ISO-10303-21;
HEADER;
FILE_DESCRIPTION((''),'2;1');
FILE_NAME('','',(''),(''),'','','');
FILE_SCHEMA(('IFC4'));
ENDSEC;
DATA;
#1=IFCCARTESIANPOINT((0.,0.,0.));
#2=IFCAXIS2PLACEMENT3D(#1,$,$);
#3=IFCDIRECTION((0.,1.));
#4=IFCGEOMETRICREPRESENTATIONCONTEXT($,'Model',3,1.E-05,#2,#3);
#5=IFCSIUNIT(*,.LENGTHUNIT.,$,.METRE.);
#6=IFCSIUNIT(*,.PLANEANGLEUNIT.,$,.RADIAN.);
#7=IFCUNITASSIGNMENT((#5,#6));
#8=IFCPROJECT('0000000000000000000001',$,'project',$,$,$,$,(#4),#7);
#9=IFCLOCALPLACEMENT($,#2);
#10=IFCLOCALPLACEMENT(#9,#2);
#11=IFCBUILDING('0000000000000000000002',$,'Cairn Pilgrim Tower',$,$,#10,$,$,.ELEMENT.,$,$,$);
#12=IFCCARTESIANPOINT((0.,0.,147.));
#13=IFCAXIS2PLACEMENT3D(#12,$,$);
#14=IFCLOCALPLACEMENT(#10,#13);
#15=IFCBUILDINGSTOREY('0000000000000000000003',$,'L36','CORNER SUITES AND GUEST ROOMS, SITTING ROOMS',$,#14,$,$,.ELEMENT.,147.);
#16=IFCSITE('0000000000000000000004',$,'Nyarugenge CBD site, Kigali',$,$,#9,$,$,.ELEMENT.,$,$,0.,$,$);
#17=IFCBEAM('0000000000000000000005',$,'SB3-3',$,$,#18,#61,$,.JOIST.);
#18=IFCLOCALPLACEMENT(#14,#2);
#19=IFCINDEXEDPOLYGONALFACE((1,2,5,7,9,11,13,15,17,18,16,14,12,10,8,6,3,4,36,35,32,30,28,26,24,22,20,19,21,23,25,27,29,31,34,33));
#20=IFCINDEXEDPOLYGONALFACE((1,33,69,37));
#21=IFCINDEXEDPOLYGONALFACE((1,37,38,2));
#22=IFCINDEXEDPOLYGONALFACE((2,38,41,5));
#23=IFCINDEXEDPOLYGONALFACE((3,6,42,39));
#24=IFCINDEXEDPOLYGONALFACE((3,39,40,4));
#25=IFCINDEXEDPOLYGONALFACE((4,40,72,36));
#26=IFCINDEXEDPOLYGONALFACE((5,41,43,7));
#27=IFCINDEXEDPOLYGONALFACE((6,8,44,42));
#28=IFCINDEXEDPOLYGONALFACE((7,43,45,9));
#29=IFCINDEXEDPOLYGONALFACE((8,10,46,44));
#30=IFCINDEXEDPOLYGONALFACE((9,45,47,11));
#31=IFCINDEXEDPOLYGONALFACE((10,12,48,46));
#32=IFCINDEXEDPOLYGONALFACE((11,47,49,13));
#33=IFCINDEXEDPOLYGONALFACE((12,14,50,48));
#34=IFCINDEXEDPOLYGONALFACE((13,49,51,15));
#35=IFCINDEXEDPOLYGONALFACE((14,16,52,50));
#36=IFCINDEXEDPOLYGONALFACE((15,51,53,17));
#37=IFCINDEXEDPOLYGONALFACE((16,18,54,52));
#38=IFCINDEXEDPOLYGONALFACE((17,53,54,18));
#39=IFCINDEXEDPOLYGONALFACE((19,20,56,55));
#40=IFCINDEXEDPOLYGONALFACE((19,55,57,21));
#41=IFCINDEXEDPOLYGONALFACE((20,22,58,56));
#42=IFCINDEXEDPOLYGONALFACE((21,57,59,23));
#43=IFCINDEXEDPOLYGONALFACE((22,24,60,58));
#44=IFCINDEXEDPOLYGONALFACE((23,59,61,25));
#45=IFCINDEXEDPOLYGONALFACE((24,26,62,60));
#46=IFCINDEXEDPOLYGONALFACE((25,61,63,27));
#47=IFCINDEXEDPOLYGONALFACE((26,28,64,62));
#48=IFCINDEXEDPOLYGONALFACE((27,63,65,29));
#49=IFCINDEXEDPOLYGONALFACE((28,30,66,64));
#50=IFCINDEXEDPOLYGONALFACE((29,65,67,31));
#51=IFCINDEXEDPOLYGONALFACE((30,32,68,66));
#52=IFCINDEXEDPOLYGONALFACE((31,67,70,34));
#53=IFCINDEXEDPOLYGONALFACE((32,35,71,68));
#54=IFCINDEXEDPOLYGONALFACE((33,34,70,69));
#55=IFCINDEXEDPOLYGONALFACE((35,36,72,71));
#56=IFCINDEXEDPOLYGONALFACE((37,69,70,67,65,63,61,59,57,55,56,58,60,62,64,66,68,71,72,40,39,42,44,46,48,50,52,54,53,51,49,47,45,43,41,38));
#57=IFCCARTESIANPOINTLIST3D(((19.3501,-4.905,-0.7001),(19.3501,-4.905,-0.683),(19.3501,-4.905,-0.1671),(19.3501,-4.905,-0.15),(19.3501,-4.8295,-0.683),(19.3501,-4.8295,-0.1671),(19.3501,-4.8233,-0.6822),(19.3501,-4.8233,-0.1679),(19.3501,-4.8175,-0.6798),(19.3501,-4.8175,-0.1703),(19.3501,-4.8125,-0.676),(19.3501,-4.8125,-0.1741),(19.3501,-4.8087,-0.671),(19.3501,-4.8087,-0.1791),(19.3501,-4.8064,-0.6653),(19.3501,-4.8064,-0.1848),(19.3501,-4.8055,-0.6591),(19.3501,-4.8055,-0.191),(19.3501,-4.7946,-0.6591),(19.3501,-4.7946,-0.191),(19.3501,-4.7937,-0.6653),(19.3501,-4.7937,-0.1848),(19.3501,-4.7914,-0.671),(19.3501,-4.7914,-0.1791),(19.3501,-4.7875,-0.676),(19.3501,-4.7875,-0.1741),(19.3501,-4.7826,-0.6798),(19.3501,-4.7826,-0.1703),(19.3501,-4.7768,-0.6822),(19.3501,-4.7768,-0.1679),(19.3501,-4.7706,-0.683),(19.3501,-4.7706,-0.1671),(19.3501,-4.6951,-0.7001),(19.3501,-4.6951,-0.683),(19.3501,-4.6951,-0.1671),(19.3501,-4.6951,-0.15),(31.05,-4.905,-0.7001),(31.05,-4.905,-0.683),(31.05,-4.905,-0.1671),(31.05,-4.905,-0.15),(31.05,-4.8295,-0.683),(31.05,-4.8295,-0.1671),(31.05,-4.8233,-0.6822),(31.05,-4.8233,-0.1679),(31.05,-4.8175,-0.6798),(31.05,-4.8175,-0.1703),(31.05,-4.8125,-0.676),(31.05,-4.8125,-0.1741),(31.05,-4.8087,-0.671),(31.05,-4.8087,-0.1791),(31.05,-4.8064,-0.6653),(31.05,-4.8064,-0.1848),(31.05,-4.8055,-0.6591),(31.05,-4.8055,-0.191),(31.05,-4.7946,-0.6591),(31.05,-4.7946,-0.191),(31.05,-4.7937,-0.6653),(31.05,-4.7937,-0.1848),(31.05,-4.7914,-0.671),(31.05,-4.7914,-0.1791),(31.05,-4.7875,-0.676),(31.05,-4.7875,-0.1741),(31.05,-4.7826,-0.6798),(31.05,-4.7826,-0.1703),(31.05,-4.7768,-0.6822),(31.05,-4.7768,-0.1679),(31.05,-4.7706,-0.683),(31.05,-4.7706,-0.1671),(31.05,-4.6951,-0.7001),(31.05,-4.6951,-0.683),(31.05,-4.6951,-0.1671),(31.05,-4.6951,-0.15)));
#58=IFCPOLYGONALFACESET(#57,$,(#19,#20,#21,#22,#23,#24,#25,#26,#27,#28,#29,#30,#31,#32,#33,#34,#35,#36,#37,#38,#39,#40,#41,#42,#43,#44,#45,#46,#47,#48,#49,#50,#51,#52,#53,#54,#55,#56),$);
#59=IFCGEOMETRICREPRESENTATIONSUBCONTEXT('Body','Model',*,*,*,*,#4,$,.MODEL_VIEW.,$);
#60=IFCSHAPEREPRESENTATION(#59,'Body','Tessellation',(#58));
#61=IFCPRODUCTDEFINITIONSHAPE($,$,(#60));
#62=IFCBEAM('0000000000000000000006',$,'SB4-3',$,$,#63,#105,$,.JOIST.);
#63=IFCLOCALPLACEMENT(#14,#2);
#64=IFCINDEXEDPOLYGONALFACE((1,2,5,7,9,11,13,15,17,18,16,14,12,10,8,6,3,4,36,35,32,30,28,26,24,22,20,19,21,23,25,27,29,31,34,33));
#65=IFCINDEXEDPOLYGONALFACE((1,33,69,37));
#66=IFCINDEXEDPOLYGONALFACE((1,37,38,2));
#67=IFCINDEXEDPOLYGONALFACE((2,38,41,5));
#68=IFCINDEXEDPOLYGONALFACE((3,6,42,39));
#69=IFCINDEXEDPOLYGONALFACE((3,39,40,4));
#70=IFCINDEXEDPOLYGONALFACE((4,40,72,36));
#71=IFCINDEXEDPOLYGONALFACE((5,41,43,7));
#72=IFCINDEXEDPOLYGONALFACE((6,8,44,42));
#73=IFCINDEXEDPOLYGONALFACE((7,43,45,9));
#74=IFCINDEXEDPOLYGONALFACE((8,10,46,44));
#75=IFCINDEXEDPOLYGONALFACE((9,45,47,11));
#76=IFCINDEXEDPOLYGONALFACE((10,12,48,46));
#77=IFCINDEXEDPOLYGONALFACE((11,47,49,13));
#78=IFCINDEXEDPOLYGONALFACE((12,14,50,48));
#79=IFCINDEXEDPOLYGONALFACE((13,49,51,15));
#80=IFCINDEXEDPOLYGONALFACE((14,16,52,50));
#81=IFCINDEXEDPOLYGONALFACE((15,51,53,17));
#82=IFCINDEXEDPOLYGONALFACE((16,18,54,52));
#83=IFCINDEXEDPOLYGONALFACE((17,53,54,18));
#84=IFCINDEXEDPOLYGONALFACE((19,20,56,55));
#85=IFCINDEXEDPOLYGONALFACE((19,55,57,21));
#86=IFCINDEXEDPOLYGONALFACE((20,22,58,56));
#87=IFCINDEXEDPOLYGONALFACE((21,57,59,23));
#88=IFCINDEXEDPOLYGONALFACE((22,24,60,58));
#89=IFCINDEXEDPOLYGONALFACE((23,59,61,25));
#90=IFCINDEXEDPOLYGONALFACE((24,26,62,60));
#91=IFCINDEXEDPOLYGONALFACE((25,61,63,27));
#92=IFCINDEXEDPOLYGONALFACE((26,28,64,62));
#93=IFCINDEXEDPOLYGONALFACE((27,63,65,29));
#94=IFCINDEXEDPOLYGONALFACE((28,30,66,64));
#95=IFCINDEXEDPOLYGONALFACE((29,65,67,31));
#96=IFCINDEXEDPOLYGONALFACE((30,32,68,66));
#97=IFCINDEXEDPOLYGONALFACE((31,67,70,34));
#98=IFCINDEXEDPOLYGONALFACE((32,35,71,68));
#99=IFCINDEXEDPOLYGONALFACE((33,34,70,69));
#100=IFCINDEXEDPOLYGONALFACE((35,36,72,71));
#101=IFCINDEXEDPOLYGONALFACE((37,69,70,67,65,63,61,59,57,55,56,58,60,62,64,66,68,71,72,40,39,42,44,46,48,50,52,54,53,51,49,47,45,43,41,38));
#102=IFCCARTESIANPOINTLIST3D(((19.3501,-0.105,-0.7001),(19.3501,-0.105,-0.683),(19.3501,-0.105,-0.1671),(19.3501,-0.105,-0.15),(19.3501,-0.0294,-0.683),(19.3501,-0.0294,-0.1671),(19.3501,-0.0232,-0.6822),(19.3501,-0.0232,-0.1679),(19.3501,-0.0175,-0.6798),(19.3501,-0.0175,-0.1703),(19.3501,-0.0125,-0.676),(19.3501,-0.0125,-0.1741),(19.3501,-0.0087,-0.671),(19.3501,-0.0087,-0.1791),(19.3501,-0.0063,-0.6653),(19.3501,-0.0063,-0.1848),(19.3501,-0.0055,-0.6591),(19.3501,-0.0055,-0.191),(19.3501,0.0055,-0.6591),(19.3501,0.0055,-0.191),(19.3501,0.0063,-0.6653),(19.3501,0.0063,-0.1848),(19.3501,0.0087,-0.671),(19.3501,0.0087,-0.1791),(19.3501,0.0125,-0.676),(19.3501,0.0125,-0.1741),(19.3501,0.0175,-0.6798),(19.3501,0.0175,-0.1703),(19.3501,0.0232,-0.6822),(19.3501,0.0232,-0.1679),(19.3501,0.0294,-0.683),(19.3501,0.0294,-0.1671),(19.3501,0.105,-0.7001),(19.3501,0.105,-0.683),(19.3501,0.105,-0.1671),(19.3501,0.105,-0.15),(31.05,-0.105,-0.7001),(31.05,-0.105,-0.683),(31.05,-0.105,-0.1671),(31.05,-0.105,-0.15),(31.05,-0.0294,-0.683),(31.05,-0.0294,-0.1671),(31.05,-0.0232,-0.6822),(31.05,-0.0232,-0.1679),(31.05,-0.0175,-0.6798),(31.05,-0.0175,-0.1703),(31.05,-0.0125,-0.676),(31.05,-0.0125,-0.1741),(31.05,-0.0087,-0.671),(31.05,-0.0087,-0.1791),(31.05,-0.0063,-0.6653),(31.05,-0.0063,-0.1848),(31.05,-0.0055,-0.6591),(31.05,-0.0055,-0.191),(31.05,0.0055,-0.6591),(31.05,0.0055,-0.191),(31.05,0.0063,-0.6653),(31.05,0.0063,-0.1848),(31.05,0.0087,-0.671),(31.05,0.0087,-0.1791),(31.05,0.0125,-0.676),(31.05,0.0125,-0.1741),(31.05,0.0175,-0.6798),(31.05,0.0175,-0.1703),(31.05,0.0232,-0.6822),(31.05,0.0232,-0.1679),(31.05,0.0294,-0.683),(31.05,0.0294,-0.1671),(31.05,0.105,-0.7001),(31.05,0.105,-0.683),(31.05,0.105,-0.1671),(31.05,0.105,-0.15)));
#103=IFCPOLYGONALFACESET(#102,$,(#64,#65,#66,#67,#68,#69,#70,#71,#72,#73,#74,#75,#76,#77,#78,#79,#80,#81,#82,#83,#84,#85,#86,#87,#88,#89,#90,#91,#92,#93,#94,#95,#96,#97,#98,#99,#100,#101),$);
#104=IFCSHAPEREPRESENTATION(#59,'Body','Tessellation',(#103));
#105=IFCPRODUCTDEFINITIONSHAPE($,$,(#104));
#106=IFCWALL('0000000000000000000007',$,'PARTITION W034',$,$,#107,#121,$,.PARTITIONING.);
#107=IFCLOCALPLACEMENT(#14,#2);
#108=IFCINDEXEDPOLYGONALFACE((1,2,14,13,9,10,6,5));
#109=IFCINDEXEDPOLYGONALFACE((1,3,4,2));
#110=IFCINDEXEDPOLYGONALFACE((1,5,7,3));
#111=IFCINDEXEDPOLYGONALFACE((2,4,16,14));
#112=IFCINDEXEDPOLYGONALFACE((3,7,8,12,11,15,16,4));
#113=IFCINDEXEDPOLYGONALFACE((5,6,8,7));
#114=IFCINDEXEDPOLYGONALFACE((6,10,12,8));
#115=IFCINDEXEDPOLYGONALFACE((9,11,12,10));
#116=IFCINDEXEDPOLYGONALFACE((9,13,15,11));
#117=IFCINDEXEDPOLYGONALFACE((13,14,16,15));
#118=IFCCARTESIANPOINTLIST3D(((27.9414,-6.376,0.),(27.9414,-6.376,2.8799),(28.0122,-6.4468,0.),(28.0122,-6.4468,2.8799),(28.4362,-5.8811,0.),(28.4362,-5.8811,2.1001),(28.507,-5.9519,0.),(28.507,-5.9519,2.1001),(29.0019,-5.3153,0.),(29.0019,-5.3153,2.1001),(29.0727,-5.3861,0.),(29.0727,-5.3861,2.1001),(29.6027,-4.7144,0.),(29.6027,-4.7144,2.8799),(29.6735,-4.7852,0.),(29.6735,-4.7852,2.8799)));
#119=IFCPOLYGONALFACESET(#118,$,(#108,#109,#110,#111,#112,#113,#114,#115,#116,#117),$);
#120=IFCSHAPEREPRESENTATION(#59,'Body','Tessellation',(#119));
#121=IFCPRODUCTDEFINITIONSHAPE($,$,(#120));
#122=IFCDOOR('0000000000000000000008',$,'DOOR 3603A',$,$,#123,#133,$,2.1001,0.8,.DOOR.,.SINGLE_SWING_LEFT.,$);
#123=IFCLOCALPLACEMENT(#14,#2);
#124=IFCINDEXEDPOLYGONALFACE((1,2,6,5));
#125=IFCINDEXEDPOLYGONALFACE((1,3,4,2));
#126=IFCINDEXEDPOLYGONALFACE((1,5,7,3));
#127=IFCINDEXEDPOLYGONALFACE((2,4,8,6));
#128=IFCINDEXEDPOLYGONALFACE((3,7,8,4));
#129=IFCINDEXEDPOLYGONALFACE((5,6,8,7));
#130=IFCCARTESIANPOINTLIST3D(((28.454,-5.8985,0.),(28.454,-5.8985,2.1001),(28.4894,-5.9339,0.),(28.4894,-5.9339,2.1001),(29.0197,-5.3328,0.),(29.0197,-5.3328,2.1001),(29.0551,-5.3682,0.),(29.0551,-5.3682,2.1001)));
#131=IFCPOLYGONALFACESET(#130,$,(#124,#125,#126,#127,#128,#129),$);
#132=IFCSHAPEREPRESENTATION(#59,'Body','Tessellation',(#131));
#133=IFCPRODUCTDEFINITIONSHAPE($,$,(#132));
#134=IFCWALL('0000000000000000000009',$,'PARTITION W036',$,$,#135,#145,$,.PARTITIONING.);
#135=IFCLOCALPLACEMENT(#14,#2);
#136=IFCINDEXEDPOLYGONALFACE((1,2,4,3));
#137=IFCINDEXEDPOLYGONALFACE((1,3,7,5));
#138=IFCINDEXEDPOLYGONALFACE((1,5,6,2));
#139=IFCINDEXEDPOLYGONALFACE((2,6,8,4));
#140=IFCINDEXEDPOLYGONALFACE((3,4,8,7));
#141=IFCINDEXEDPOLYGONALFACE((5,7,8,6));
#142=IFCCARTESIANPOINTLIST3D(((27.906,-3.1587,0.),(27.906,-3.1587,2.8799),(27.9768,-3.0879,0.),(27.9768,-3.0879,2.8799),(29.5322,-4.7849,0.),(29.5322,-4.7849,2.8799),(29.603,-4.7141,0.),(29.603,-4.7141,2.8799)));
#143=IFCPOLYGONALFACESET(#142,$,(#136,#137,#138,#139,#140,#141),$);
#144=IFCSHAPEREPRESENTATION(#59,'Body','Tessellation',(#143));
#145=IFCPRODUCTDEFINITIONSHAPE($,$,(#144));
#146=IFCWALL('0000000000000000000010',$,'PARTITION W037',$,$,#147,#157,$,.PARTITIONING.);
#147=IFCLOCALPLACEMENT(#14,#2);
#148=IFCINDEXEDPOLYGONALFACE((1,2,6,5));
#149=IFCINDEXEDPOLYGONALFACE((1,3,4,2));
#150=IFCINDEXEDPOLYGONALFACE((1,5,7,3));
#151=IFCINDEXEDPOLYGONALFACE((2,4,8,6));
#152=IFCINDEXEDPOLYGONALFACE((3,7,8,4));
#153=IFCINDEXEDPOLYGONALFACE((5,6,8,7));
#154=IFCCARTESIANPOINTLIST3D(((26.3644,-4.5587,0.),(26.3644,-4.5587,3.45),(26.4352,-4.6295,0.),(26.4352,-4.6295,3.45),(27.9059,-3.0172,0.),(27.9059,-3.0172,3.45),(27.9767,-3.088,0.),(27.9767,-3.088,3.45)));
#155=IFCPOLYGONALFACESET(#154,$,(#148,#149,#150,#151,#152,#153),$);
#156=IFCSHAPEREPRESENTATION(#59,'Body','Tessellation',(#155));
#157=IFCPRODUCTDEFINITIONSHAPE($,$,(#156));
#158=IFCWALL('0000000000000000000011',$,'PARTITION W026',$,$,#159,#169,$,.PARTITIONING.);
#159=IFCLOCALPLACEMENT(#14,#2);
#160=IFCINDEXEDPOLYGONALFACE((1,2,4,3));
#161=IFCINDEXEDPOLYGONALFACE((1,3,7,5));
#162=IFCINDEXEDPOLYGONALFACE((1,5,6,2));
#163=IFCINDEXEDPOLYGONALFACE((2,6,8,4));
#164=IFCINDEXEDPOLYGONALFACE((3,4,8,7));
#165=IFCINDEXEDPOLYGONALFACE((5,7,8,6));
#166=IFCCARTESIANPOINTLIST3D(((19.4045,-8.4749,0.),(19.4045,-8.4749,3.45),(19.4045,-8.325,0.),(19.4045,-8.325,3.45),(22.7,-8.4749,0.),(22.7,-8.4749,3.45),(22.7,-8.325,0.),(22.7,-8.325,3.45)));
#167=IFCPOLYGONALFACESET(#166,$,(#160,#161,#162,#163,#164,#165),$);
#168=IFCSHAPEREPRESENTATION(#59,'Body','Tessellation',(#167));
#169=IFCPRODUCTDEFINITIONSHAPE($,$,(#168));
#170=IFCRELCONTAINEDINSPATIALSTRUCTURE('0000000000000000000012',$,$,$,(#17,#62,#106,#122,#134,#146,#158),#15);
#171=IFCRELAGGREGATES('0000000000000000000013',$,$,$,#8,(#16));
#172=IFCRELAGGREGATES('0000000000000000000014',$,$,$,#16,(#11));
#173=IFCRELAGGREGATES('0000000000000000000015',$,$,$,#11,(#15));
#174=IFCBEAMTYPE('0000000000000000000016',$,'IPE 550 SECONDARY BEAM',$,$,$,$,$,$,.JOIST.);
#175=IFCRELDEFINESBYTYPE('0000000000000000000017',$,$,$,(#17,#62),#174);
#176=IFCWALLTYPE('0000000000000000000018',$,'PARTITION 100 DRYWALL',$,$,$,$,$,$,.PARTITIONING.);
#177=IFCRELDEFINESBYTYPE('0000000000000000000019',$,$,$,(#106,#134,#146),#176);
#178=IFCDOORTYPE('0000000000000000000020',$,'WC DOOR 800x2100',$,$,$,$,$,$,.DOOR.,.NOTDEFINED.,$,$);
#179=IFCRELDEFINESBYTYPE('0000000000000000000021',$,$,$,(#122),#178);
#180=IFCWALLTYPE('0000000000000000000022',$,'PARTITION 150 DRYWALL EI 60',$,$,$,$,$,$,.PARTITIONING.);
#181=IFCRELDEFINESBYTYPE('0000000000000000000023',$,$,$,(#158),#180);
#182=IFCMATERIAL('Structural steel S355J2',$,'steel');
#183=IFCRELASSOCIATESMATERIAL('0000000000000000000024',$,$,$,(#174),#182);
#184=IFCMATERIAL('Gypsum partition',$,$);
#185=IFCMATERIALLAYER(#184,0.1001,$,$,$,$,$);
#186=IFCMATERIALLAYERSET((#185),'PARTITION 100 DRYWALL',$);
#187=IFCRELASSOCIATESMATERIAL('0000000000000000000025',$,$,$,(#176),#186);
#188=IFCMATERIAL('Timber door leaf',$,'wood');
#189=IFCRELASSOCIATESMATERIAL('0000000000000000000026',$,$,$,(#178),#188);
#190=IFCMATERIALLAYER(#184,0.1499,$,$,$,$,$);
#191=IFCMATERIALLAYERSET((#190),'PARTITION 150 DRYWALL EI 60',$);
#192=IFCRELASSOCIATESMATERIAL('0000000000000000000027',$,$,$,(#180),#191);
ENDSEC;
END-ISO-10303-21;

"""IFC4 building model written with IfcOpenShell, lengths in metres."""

from ifc_helpers import new_model, si_unit, direction, frame, frame_2d, origin, origin_2d, place, context, subcontext, project, spatial, rectangle, i_section, extrude, material, layer, layer_set, material_profile, profile_set, type_object, element, fill, save


model = new_model("IFC4")

# Units and contexts
model_context = context("Model", 3, precision=1e-05, world=origin(), true_north=direction((0.0, 1.0)))
body_context = subcontext(model_context, "Body", "Model", "MODEL_VIEW")
ifc_project = project(units=[si_unit("LENGTHUNIT", "METRE"), si_unit("PLANEANGLEUNIT", "RADIAN")], contexts=[model_context])

# Site, building, storey
site_placement = place(None, origin())
site = spatial("IfcSite", under=ifc_project, at=site_placement, Name="Nyarugenge CBD site, Kigali", CompositionType="ELEMENT", RefElevation=0.0)
building_placement = place(site_placement, origin())
building = spatial("IfcBuilding", under=site, at=building_placement, Name="Cairn Pilgrim Tower", CompositionType="ELEMENT")
storey_placement = place(building_placement, frame((0.0, 0.0, 147.0)))
storey = spatial("IfcBuildingStorey", under=building, at=storey_placement, Name="L36", Description="CORNER SUITES AND GUEST ROOMS, SITTING ROOMS", CompositionType="ELEMENT", Elevation=147.0)

# Beams
ifc_material_1 = material(Name="Structural steel S355J2", Category="steel")
ifc_material_profile = material_profile(ifc_material_1, i_section(OverallWidth=0.21, OverallDepth=0.55, WebThickness=0.011, FlangeThickness=0.0171, FilletRadius=0.0239, at=origin_2d()), Name="IPE 550")
ifc_profile_set = profile_set([ifc_material_profile], Name="Structural steel S355J2")
beam_type = type_object("IfcBeamType", Name="IPE 550 SECONDARY BEAM", PredefinedType="JOIST", material=ifc_profile_set)
for number, where, z_axis, x_axis, name in (
    (1, (19.3501, -4.8, -0.425), (1.0, 0.0, 0.0), (0.0, 1.0, 0.0), "SB3-3"),
    (2, (19.3501, 0.0, -0.425), (1.0, 0.0, 0.0), (0.0, 1.0, 0.0), "SB4-3"),
):
    element("IfcBeam", number, at=place(storey_placement, frame(where, z_axis=z_axis, x_axis=x_axis)), inside=storey, type_object=beam_type, Name=name, PredefinedType="JOIST", context=body_context, shape_type="SweptSolid", body=[
        extrude(i_section(OverallWidth=0.21, OverallDepth=0.55, WebThickness=0.011, FlangeThickness=0.0171, FilletRadius=0.0239, at=origin_2d()), origin(), (0.0, 0.0, 1.0), 11.7),
    ])

# Wall, opening, door
ifc_material_2 = material(Name="Gypsum partition")
ifc_layer_1 = layer(ifc_material_2, 0.1001)
ifc_layer_set_1 = layer_set([ifc_layer_1], Name="PARTITION 100 DRYWALL")
wall_type_1 = type_object("IfcWallType", Name="PARTITION 100 DRYWALL", PredefinedType="PARTITIONING", material=ifc_layer_set_1)
wall_1_placement = place(storey_placement, frame((27.9768, -6.4114, 0.0), z_axis=(0.0, 0.0, 1.0), x_axis=(0.707055, 0.707159, 0.0)))
wall_1 = element("IfcWall", 3, at=wall_1_placement, inside=storey, type_object=wall_type_1, Name="PARTITION W034", PredefinedType="PARTITIONING", context=body_context, shape_type="SweptSolid", body=[
    extrude(rectangle(XDim=2.3496, YDim=0.1001, at=frame_2d((1.1748, 0.0))), origin(), (0.0, 0.0, 1.0), 2.8799),
])
opening_1_placement = place(wall_1_placement, frame((0.7, 0.0, 0.0)))
opening_1 = element("IfcOpeningElement", 4, at=opening_1_placement, cuts=wall_1, PredefinedType="OPENING", context=body_context, shape_type="SweptSolid", body=[
    extrude(rectangle(XDim=0.8, YDim=2.1001, at=frame_2d((0.3999, 1.05))), frame((0.0, 0.0601, 0.0), z_axis=(0.0, -1.0, 0.0), x_axis=(1.0, 0.0, 0.0)), (0.0, 0.0, 1.0), 0.1201),
])
ifc_material_3 = material(Name="Timber door leaf", Category="wood")
door_type_1 = type_object("IfcDoorType", Name="WC DOOR 800x2100", OperationType="NOTDEFINED", PredefinedType="DOOR", material=ifc_material_3)
door_1_placement = place(opening_1_placement, frame((0.8, 0.0, 0.0), z_axis=(0.0, 0.0, 1.0), x_axis=(-1.0, 0.0, 0.0)))
door_1 = element("IfcDoor", 5, at=door_1_placement, inside=storey, type_object=door_type_1, Name="DOOR 3603A", OperationType="SINGLE_SWING_LEFT", OverallHeight=2.1001, OverallWidth=0.8, PredefinedType="DOOR", context=body_context, shape_type="SweptSolid", body=[
    extrude(rectangle(XDim=0.8, YDim=2.1001, at=frame_2d((0.3999, 1.05))), frame((0.0, 0.0249, 0.0), z_axis=(0.0, -1.0, 0.0), x_axis=(1.0, 0.0, 0.0)), (0.0, 0.0, 1.0), 0.05),
])
fill(opening_1, door_1)

# Walls
wall_2_placement = place(storey_placement, frame((29.5676, -4.7495, 0.0), z_axis=(0.0, 0.0, 1.0), x_axis=(-0.707107, 0.707107, 0.0)))
element("IfcWall", 6, at=wall_2_placement, inside=storey, type_object=wall_type_1, Name="PARTITION W036", PredefinedType="PARTITIONING", context=body_context, shape_type="SweptSolid", body=[
    extrude(rectangle(XDim=2.2998, YDim=0.1001, at=frame_2d((1.1499, 0.0))), origin(), (0.0, 0.0, 1.0), 2.8799),
])
wall_3_placement = place(storey_placement, frame((26.3999, -4.594, 0.0), z_axis=(0.0, 0.0, 1.0), x_axis=(0.707107, 0.707107, 0.0)))
element("IfcWall", 7, at=wall_3_placement, inside=storey, type_object=wall_type_1, Name="PARTITION W037", PredefinedType="PARTITIONING", context=body_context, shape_type="SweptSolid", body=[
    extrude(rectangle(XDim=2.1799, YDim=0.1001, at=frame_2d((1.0898, 0.0))), origin(), (0.0, 0.0, 1.0), 3.45),
])
ifc_layer_2 = layer(ifc_material_2, 0.1499)
ifc_layer_set_2 = layer_set([ifc_layer_2], Name="PARTITION 150 DRYWALL EI 60")
wall_type_2 = type_object("IfcWallType", Name="PARTITION 150 DRYWALL EI 60", PredefinedType="PARTITIONING", material=ifc_layer_set_2)
wall_4_placement = place(storey_placement, frame((19.4045, -8.3999, 0.0), z_axis=(0.0, 0.0, 1.0), x_axis=(1.0, 0.0, 0.0)))
element("IfcWall", 8, at=wall_4_placement, inside=storey, type_object=wall_type_2, Name="PARTITION W026", PredefinedType="PARTITIONING", context=body_context, shape_type="SweptSolid", body=[
    extrude(rectangle(XDim=3.2954, YDim=0.1499, at=frame_2d((1.6477, 0.0))), origin(), (0.0, 0.0, 1.0), 3.45),
])

save(model, "model.ifc")
